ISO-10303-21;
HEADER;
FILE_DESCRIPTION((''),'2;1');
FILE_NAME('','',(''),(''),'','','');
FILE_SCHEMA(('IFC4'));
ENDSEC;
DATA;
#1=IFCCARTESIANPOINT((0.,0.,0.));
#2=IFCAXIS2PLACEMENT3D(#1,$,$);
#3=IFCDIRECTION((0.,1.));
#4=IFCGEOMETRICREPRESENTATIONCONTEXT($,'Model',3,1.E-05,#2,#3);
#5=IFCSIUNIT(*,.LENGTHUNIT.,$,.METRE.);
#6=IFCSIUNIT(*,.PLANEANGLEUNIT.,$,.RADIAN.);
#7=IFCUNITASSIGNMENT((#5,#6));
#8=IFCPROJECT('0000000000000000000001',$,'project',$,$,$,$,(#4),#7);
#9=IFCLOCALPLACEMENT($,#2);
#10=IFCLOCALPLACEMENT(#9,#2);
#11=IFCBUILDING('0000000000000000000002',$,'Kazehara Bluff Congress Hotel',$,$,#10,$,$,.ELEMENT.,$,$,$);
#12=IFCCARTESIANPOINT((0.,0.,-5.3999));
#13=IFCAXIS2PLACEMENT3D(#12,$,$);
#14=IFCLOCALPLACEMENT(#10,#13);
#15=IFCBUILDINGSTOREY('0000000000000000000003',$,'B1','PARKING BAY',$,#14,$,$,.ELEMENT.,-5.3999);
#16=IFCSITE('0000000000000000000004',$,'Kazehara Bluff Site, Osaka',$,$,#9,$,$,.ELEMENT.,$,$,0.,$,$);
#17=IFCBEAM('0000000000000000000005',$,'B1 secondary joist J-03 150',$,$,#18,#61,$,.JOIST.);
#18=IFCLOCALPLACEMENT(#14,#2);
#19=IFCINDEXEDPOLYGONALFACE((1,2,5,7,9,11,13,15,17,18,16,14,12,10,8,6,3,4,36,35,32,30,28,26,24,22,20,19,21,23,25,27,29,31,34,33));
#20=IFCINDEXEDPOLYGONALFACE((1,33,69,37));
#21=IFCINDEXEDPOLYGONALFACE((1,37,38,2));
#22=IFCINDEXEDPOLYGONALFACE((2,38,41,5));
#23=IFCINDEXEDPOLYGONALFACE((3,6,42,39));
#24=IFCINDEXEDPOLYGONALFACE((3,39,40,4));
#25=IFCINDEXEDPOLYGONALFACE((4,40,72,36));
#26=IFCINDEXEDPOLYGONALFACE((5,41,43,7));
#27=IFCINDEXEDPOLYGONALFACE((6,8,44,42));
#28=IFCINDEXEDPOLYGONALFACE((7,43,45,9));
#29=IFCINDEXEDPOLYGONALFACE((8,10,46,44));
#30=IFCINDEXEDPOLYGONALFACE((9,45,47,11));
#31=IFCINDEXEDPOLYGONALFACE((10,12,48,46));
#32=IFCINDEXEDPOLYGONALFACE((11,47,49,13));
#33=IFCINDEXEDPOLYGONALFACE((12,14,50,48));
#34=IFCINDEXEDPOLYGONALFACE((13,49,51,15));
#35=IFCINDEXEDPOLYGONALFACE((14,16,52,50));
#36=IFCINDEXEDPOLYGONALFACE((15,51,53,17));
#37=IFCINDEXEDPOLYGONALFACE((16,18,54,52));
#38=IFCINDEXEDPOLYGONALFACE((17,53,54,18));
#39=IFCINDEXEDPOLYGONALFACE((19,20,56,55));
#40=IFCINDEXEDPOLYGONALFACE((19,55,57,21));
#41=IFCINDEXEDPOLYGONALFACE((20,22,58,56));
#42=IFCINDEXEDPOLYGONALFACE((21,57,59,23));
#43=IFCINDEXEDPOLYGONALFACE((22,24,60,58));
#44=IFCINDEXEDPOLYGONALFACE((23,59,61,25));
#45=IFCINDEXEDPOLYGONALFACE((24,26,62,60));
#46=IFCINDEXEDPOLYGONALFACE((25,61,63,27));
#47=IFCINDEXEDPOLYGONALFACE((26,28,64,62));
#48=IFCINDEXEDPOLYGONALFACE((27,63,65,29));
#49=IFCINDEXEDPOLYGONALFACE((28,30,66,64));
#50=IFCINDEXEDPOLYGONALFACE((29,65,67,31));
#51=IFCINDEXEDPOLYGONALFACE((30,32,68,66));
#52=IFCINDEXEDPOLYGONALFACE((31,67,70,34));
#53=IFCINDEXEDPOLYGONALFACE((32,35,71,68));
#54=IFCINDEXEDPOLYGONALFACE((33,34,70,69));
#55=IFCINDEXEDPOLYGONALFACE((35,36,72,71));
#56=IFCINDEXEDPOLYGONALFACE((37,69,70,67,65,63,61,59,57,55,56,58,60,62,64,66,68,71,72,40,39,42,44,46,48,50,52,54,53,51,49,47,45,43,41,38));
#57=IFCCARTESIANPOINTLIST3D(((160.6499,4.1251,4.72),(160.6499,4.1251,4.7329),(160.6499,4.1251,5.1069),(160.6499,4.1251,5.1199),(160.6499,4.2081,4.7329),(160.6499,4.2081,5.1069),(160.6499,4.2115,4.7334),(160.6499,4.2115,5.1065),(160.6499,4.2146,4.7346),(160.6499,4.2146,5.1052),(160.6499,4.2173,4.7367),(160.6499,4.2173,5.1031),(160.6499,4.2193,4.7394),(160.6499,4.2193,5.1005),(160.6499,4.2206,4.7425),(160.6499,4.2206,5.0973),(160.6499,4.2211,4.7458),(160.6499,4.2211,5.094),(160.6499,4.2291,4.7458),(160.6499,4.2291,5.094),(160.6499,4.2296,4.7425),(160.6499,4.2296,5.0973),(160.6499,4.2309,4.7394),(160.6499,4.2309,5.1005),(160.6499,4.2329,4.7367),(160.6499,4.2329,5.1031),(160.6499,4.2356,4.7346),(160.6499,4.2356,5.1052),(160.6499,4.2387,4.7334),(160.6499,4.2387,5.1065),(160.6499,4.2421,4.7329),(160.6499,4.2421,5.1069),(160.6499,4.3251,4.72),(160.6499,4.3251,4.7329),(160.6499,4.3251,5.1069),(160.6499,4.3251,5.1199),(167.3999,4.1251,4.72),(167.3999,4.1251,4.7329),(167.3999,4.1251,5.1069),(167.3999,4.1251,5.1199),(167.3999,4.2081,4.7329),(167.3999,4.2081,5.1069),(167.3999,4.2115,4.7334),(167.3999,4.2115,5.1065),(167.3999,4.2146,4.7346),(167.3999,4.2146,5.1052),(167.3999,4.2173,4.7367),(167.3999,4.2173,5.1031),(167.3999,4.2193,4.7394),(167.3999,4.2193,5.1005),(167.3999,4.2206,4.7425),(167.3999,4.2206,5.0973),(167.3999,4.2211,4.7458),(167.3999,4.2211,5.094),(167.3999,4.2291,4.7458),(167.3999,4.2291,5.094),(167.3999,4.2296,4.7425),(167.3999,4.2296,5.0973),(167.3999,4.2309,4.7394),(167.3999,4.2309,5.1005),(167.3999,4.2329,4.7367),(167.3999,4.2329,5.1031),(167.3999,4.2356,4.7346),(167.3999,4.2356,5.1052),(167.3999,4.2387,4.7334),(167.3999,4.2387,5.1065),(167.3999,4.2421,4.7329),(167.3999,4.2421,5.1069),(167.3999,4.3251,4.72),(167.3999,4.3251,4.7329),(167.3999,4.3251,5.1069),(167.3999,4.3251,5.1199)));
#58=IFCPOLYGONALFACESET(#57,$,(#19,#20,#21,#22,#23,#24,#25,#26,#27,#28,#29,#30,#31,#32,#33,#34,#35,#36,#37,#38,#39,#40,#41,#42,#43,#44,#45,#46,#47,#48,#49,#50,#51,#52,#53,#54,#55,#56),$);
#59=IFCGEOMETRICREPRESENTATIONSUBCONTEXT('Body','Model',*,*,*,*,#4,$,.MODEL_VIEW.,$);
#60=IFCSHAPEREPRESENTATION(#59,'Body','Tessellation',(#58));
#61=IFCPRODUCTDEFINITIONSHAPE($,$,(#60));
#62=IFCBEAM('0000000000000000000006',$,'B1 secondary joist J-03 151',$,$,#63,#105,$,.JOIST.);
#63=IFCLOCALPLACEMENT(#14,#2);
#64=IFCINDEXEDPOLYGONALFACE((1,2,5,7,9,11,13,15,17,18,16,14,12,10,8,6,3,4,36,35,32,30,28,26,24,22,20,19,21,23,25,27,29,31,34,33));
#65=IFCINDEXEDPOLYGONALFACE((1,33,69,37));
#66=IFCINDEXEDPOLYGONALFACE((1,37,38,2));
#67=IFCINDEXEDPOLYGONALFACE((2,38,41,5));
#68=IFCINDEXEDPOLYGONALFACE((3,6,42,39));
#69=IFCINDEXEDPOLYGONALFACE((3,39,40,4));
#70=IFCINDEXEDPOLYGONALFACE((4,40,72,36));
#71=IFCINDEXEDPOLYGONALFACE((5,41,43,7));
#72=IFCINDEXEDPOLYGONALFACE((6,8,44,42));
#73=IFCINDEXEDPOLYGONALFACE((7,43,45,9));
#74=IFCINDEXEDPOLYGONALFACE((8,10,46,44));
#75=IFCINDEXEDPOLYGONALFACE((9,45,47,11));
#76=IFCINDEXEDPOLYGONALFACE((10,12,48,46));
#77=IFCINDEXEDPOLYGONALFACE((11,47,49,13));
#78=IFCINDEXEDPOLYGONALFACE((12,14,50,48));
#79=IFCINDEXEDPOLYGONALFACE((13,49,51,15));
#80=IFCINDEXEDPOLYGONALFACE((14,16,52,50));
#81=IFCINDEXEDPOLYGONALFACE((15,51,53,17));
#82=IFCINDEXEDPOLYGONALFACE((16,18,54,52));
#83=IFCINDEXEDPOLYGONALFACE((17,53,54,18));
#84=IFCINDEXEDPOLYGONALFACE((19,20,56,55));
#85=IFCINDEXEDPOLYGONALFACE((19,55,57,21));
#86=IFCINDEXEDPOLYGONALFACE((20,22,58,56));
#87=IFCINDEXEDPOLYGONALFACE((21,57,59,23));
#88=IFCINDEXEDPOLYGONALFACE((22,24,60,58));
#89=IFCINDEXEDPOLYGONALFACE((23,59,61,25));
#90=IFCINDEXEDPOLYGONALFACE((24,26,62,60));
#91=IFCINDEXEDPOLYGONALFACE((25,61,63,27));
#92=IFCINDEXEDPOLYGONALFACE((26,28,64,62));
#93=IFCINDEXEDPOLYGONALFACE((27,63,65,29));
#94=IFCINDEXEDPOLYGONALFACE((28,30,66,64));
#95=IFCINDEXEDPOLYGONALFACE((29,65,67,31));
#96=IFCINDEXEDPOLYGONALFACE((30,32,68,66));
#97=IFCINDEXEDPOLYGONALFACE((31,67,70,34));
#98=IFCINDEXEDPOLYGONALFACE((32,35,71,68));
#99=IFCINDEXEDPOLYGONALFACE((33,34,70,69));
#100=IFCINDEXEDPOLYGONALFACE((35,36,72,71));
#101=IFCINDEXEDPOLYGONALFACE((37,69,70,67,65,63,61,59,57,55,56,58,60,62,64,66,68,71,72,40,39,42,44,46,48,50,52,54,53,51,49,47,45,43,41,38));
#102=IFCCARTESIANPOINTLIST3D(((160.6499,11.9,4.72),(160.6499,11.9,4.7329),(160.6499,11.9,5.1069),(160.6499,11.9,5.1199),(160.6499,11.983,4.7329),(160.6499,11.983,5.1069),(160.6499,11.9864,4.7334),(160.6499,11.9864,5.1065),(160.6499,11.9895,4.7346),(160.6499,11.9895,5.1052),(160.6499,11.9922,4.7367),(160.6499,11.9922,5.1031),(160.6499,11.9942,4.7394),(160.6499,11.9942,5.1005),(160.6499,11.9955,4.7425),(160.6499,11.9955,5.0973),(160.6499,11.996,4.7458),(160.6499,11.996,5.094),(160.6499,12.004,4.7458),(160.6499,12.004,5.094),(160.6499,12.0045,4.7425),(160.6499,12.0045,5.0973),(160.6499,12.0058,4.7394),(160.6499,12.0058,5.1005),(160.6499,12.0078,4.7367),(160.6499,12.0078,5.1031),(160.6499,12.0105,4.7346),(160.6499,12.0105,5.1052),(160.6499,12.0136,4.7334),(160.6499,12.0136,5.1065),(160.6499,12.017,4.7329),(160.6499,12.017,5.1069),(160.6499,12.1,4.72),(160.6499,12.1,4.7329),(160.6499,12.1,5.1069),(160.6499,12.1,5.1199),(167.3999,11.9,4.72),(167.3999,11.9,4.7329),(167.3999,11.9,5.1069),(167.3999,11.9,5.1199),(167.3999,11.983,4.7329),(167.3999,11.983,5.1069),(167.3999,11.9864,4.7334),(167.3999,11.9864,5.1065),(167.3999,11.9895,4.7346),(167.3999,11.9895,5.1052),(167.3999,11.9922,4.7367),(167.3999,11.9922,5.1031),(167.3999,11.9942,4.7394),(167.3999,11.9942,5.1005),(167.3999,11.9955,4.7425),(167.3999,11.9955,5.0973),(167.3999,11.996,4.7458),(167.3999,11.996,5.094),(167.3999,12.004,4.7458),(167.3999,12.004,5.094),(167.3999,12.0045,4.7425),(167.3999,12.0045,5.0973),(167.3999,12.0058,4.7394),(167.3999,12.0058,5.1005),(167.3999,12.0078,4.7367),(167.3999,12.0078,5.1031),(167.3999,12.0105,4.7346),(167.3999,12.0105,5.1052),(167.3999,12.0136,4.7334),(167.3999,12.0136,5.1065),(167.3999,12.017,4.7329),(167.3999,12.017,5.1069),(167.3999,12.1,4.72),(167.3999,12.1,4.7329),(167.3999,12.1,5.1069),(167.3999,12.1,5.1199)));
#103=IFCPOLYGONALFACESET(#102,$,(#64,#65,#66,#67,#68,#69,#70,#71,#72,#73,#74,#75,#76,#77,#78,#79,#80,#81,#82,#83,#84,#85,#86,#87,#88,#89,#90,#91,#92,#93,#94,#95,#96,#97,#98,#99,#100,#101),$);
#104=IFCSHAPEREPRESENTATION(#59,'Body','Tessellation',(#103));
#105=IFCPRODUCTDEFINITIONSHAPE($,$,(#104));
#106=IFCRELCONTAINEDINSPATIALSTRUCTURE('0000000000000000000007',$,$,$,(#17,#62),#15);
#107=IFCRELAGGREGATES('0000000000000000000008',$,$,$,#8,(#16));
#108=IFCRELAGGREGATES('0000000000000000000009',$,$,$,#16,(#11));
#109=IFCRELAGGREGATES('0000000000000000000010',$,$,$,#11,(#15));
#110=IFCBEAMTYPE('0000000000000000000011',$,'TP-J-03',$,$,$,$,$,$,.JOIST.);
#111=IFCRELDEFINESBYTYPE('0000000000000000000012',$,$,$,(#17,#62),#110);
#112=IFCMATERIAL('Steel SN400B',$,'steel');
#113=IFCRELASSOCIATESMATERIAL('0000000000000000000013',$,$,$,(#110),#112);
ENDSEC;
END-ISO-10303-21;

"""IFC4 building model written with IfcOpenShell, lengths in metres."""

from ifc_helpers import new_model, si_unit, direction, frame, origin, origin_2d, place, context, subcontext, project, spatial, i_section, extrude, material, material_profile, profile_set, type_object, element, save


model = new_model("IFC4")

# Units and contexts
model_context = context("Model", 3, precision=1e-05, world=origin(), true_north=direction((0.0, 1.0)))
body_context = subcontext(model_context, "Body", "Model", "MODEL_VIEW")
ifc_project = project(units=[si_unit("LENGTHUNIT", "METRE"), si_unit("PLANEANGLEUNIT", "RADIAN")], contexts=[model_context])

# Site, building, storey
site_placement = place(None, origin())
site = spatial("IfcSite", under=ifc_project, at=site_placement, Name="Kazehara Bluff Site, Osaka", CompositionType="ELEMENT", RefElevation=0.0)
building_placement = place(site_placement, origin())
building = spatial("IfcBuilding", under=site, at=building_placement, Name="Kazehara Bluff Congress Hotel", CompositionType="ELEMENT")
storey_placement = place(building_placement, frame((0.0, 0.0, -5.3999)))
storey = spatial("IfcBuildingStorey", under=building, at=storey_placement, Name="B1", Description="PARKING BAY", CompositionType="ELEMENT", Elevation=-5.3999)

# Beams
ifc_material_1 = material(Name="Steel SN400B", Category="steel")
ifc_material_profile_1 = material_profile(ifc_material_1, i_section(OverallWidth=0.2, OverallDepth=0.3999, WebThickness=0.0081, FlangeThickness=0.0129, FilletRadius=0.0129, at=origin_2d()))
ifc_profile_set_1 = profile_set([ifc_material_profile_1], Name="Steel SN400B")
beam_type_1 = type_object("IfcBeamType", Name="TP-J-03", PredefinedType="JOIST", material=ifc_profile_set_1)
for number, where, z_axis, x_axis, name in (
    (1, (160.6499, 4.2251, 4.9199), (1.0, 0.0, 0.0), (0.0, 1.0, 0.0), "B1 secondary joist J-03 150"),
    (2, (160.6499, 12.0, 4.9199), (1.0, 0.0, 0.0), (0.0, 1.0, 0.0), "B1 secondary joist J-03 151"),
):
    element("IfcBeam", number, at=place(storey_placement, frame(where, z_axis=z_axis, x_axis=x_axis)), inside=storey, type_object=beam_type_1, Name=name, PredefinedType="JOIST", context=body_context, shape_type="SweptSolid", body=[
        extrude(i_section(OverallWidth=0.2, OverallDepth=0.3999, WebThickness=0.0081, FlangeThickness=0.0129, FilletRadius=0.0129, at=origin_2d()), origin(), (0.0, 0.0, 1.0), 6.75),
    ])

save(model, "model.ifc")
